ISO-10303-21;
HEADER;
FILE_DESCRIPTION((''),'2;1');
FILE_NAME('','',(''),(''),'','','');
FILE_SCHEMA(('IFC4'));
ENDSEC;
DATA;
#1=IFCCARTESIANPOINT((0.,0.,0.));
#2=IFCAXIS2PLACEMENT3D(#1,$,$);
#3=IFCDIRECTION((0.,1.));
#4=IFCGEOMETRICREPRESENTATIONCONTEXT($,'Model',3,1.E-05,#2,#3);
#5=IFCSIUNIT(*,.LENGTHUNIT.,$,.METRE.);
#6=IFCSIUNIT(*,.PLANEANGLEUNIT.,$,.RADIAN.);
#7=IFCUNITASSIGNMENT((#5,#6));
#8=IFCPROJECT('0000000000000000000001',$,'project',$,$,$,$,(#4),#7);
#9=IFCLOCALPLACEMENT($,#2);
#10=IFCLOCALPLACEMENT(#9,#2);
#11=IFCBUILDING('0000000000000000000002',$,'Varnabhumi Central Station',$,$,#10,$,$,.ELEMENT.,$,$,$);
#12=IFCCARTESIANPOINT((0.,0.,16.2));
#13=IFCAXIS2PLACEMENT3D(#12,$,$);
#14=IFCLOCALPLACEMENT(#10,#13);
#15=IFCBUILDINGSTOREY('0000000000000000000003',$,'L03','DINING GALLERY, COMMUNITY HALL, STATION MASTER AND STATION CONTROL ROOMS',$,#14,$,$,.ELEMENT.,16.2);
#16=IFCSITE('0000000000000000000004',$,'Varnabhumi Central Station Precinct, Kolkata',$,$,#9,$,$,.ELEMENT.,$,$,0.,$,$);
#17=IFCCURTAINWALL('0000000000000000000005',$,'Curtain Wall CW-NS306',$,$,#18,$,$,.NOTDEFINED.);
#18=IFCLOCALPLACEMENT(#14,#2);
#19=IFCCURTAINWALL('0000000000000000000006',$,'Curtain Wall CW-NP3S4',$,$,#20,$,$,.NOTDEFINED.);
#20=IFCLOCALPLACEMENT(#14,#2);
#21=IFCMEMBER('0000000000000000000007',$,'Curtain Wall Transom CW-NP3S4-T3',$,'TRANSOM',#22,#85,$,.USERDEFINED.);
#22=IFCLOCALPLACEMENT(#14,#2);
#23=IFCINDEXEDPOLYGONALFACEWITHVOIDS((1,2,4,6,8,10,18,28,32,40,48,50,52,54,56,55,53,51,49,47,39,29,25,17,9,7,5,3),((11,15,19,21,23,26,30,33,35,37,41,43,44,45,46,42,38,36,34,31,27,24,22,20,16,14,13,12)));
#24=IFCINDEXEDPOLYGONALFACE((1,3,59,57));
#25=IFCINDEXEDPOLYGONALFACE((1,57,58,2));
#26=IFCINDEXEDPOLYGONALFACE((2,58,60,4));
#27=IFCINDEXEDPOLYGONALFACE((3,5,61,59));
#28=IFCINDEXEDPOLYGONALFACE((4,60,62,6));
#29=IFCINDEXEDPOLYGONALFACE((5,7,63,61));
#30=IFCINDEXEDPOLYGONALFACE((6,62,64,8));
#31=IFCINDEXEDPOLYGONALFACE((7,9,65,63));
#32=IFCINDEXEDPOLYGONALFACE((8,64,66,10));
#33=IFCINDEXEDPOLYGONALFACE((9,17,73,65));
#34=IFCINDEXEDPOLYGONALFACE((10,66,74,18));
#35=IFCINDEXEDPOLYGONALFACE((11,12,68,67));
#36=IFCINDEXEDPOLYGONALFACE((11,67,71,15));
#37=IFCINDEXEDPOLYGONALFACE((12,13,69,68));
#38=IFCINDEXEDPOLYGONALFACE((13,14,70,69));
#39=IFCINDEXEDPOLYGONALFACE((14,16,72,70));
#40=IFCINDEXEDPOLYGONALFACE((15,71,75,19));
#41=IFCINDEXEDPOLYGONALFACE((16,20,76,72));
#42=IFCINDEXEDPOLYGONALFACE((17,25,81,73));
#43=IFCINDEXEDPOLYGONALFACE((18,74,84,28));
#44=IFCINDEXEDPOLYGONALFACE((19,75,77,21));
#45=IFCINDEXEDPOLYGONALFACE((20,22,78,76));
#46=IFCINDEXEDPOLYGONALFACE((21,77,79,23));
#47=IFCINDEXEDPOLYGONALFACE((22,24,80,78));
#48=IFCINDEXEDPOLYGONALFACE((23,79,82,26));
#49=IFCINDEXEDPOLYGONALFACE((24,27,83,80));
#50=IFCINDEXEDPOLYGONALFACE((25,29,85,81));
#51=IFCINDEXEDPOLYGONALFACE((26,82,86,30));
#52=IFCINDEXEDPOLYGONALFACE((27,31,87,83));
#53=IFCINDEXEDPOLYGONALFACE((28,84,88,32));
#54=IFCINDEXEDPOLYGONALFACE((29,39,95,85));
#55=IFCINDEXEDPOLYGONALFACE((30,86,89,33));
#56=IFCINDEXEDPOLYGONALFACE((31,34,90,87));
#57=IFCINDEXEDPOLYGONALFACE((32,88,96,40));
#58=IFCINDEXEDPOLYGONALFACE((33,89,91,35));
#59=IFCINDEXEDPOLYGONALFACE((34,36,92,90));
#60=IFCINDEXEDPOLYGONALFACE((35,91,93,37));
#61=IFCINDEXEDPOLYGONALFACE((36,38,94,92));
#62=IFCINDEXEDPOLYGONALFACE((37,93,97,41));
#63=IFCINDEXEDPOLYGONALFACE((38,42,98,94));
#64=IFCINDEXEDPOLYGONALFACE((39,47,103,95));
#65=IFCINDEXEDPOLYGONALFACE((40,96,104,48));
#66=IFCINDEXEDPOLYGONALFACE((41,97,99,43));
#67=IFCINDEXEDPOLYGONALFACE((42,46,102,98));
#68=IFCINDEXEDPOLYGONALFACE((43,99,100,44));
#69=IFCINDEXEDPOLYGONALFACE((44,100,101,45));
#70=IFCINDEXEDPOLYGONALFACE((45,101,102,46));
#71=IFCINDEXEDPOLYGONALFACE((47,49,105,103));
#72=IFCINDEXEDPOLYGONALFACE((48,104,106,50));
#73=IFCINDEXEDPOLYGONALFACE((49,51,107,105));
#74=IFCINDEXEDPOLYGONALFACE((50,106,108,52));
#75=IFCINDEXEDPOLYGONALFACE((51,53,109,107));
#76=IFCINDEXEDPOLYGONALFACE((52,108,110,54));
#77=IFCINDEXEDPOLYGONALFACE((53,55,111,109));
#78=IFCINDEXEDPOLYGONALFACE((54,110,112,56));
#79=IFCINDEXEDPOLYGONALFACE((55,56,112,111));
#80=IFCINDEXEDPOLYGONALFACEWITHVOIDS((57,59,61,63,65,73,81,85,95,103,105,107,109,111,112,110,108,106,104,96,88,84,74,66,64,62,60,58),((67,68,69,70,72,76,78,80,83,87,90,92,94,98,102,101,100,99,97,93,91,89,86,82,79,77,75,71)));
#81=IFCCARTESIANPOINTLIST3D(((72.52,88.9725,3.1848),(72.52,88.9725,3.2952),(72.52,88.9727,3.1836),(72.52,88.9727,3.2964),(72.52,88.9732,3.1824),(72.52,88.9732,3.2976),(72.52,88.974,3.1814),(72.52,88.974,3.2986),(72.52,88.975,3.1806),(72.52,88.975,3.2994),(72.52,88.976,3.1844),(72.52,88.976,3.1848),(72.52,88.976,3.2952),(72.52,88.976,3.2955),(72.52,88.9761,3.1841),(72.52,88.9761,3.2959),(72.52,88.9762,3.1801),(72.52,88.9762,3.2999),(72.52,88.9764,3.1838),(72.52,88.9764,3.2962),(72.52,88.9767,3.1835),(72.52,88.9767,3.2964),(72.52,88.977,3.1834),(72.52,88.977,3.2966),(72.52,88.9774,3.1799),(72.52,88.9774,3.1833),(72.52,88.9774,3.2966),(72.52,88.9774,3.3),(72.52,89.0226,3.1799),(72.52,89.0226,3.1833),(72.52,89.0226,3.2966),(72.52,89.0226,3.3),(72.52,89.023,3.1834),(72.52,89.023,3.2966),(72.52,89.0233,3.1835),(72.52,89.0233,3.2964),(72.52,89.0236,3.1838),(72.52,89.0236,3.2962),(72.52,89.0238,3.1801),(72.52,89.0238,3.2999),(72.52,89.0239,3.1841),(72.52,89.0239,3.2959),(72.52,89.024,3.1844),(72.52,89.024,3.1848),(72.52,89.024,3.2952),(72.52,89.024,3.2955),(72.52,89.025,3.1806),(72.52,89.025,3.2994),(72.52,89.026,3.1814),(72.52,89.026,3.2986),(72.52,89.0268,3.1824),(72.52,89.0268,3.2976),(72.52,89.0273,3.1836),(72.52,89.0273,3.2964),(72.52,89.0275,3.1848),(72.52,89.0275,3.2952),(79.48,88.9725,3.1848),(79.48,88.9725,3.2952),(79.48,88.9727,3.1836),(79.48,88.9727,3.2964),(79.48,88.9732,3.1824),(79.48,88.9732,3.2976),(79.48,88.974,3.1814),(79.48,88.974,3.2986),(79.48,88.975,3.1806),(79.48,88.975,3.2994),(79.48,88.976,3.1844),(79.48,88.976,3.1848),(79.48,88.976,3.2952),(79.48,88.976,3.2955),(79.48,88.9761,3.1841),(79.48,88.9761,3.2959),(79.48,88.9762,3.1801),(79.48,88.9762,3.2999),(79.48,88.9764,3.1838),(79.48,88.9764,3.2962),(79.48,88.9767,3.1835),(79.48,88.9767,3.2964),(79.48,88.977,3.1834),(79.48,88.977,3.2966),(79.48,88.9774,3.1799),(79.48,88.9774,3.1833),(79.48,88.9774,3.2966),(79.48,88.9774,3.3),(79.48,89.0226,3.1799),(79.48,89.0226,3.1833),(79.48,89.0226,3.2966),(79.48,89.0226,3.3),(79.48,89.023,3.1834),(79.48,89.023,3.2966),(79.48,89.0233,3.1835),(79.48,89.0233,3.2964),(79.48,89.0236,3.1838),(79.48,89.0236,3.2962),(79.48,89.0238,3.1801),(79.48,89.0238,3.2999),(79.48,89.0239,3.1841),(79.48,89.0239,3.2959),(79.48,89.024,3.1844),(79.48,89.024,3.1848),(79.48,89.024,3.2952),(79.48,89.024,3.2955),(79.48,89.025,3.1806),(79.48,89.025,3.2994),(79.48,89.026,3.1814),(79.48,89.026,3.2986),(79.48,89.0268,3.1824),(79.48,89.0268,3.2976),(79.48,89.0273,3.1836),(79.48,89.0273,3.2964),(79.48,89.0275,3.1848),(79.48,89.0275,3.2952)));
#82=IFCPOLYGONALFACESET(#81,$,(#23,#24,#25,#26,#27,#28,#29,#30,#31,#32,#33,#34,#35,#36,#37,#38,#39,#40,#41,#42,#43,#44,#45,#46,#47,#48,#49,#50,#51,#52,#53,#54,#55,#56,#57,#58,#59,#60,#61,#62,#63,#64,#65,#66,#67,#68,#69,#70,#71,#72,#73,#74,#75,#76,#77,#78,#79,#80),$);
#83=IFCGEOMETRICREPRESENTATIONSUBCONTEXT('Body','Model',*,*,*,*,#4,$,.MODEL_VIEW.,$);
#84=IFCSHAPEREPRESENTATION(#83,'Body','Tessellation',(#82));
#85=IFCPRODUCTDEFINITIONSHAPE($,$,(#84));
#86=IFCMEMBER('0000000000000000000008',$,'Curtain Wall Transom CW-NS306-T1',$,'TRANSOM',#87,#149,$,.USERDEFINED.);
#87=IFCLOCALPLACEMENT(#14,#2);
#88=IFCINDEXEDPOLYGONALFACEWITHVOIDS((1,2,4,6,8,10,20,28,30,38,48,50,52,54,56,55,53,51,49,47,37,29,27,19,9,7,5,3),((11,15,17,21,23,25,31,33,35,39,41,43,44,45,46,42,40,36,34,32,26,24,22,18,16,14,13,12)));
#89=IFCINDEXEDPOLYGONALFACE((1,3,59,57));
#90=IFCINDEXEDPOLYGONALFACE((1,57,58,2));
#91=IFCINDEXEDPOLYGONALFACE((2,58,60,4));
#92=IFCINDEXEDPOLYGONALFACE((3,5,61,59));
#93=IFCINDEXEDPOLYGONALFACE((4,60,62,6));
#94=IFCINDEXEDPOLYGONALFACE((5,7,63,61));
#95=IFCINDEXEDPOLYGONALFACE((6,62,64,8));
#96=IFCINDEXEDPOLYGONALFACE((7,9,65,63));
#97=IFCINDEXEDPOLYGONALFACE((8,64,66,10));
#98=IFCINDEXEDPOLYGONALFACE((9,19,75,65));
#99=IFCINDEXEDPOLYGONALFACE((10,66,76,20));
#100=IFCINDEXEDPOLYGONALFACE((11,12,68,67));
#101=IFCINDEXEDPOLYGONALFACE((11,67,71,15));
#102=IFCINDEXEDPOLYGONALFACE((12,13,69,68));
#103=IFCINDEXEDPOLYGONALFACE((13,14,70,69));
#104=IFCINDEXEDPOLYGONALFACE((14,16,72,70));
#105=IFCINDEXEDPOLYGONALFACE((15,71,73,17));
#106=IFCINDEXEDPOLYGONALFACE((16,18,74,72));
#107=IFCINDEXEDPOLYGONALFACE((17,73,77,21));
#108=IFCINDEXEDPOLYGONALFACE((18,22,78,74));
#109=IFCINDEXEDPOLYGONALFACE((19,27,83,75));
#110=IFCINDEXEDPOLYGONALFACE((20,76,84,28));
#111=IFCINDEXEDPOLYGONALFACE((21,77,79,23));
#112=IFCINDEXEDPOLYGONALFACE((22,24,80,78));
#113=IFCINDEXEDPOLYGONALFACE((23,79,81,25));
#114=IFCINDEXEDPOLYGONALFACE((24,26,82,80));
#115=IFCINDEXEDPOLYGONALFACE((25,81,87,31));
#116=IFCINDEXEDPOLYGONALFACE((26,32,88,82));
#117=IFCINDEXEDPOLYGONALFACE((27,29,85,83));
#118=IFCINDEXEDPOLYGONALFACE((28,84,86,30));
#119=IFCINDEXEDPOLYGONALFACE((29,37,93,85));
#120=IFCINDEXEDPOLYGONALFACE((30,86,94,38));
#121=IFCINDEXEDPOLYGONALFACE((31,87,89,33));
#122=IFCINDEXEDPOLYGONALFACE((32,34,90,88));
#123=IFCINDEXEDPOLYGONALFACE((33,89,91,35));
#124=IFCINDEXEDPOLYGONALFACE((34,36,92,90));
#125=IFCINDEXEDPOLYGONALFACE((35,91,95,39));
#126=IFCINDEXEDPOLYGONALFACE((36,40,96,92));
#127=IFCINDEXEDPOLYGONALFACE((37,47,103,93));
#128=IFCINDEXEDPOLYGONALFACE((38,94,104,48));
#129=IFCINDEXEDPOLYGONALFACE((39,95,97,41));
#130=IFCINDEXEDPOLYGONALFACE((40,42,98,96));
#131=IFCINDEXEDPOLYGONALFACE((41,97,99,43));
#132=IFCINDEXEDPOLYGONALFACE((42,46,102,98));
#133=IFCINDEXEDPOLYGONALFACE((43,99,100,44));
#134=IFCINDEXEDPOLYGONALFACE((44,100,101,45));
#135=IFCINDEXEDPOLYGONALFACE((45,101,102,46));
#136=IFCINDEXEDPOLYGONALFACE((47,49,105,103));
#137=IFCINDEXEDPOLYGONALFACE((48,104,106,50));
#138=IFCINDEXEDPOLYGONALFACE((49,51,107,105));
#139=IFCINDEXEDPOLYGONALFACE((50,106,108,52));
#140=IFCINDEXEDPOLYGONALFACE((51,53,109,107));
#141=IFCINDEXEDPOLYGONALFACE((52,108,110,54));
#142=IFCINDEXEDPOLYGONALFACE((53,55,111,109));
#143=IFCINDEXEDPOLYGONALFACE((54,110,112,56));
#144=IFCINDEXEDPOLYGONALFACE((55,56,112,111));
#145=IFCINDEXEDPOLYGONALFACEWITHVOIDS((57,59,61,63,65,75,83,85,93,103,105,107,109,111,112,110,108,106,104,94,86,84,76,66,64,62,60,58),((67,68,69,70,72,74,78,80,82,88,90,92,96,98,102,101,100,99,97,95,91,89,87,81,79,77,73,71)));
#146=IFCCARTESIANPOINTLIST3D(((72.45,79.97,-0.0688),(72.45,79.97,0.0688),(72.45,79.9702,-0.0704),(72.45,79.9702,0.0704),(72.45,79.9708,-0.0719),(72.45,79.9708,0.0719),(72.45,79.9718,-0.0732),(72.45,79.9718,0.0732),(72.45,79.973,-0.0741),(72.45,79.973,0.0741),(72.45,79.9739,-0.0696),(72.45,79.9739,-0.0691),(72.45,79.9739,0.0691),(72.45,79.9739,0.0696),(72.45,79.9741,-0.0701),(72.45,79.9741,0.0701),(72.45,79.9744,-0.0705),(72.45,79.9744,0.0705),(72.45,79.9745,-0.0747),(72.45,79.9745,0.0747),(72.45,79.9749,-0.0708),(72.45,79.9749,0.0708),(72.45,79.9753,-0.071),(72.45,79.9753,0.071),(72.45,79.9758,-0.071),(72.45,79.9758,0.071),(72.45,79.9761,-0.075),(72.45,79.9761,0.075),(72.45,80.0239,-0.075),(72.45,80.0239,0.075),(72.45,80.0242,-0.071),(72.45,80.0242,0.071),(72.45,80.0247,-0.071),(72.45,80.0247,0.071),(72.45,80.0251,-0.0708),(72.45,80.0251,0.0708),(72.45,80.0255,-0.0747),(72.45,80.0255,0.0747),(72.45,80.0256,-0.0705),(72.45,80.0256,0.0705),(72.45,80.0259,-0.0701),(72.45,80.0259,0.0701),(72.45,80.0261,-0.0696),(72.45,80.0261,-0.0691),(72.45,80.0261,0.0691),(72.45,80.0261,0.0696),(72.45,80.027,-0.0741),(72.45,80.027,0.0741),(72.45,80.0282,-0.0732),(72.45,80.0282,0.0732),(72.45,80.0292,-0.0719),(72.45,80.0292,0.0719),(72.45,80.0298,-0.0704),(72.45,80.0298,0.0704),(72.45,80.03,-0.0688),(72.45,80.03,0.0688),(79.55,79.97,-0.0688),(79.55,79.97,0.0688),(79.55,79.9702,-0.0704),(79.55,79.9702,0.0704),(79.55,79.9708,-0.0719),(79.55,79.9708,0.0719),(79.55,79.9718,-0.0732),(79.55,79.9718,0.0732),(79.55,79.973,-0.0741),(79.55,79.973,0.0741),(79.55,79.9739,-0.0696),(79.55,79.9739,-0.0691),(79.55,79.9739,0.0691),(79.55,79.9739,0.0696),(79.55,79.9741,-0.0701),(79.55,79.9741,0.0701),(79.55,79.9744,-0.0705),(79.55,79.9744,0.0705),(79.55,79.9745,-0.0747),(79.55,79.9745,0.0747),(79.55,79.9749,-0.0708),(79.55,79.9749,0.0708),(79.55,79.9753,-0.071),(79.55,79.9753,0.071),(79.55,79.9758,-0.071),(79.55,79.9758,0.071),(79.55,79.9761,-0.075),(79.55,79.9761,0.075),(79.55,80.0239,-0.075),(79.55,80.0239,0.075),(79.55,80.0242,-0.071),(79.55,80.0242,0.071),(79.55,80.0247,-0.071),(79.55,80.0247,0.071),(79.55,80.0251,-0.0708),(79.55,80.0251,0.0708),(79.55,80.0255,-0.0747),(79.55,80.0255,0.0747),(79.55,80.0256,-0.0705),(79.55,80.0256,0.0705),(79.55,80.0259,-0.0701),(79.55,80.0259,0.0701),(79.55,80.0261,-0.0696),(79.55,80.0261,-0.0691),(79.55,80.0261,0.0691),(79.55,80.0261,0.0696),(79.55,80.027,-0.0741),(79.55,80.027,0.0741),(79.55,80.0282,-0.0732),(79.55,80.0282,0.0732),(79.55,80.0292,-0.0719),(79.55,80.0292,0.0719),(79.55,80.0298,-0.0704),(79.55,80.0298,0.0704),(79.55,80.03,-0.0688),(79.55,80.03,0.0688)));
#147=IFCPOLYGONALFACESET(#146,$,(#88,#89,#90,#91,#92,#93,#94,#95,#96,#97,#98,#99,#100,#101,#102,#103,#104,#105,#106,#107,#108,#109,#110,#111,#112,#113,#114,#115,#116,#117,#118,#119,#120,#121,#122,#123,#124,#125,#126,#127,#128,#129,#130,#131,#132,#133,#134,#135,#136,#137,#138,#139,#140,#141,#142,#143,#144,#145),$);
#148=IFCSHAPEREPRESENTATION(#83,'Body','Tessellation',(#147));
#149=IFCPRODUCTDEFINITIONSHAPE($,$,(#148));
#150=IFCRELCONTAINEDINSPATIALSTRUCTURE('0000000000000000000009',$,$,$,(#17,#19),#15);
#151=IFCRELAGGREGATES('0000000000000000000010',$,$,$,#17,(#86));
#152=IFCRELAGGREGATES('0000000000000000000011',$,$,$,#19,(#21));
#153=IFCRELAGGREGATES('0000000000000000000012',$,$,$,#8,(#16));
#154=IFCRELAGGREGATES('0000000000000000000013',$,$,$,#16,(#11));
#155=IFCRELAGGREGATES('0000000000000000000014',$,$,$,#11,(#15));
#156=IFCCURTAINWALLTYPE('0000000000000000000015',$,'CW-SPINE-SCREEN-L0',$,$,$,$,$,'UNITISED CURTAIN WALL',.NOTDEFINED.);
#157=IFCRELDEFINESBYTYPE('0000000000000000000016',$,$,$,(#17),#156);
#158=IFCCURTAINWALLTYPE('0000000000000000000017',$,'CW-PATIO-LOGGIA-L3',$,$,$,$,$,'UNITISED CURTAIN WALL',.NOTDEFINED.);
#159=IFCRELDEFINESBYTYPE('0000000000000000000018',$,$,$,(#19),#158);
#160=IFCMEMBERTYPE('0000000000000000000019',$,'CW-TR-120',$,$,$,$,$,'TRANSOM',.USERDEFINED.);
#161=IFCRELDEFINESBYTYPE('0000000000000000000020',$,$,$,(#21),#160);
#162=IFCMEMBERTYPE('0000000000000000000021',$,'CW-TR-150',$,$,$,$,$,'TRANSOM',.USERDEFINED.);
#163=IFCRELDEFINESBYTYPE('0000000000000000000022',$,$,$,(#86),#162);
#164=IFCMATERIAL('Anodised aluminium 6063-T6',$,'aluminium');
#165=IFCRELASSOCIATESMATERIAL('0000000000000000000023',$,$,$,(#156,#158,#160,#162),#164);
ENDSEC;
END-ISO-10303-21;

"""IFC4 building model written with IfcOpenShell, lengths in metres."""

from ifc_helpers import new_model, si_unit, direction, frame, origin, origin_2d, place, context, subcontext, project, spatial, hollow_rectangle, extrude, material, material_profile, profile_set, type_object, element, aggregate, save


model = new_model("IFC4")

# Units and contexts
model_context = context("Model", 3, precision=1e-05, world=origin(), true_north=direction((0.0, 1.0)))
body_context = subcontext(model_context, "Body", "Model", "MODEL_VIEW")
ifc_project = project(units=[si_unit("LENGTHUNIT", "METRE"), si_unit("PLANEANGLEUNIT", "RADIAN")], contexts=[model_context])

# Site, building, storey
site_placement = place(None, origin())
site = spatial("IfcSite", under=ifc_project, at=site_placement, Name="Varnabhumi Central Station Precinct, Kolkata", CompositionType="ELEMENT", RefElevation=0.0)
building_placement = place(site_placement, origin())
building = spatial("IfcBuilding", under=site, at=building_placement, Name="Varnabhumi Central Station", CompositionType="ELEMENT")
storey_placement = place(building_placement, frame((0.0, 0.0, 16.2)))
storey = spatial("IfcBuildingStorey", under=building, at=storey_placement, Name="L03", Description="DINING GALLERY, COMMUNITY HALL, STATION MASTER AND STATION CONTROL ROOMS", CompositionType="ELEMENT", Elevation=16.2)

# Curtain walls, member
ifc_material_1 = material(Name="Anodised aluminium 6063-T6", Category="aluminium")
curtain_wall_type_1 = type_object("IfcCurtainWallType", Name="CW-SPINE-SCREEN-L0", ElementType="UNITISED CURTAIN WALL", PredefinedType="NOTDEFINED", material=ifc_material_1)
curtain_wall_1_placement = place(storey_placement, origin())
curtain_wall_1 = element("IfcCurtainWall", 1, at=curtain_wall_1_placement, inside=storey, type_object=curtain_wall_type_1, Name="Curtain Wall CW-NS306", PredefinedType="NOTDEFINED")
curtain_wall_type_2 = type_object("IfcCurtainWallType", Name="CW-PATIO-LOGGIA-L3", ElementType="UNITISED CURTAIN WALL", PredefinedType="NOTDEFINED", material=ifc_material_1)
curtain_wall_2_placement = place(storey_placement, origin())
curtain_wall_2 = element("IfcCurtainWall", 2, at=curtain_wall_2_placement, inside=storey, type_object=curtain_wall_type_2, Name="Curtain Wall CW-NP3S4", PredefinedType="NOTDEFINED")
ifc_material_profile_1 = material_profile(ifc_material_1, hollow_rectangle(XDim=0.0549, YDim=0.1201, WallThickness=0.0034, InnerFilletRadius=0.0015, OuterFilletRadius=0.0049, at=origin_2d()), Name="Anodised aluminium 6063-T6", Category="aluminium")
ifc_profile_set_1 = profile_set([ifc_material_profile_1], Name="Anodised aluminium 6063-T6")
member_type_1 = type_object("IfcMemberType", Name="CW-TR-120", ElementType="TRANSOM", PredefinedType="USERDEFINED", material=ifc_profile_set_1)
member_1_placement = place(storey_placement, frame((72.52, 89.0, 3.24), z_axis=(1.0, 0.0, 0.0), x_axis=(0.0, 1.0, 0.0)))
member_1 = element("IfcMember", 3, at=member_1_placement, type_object=member_type_1, Name="Curtain Wall Transom CW-NP3S4-T3", ObjectType="TRANSOM", PredefinedType="USERDEFINED", context=body_context, shape_type="SweptSolid", body=[
    extrude(hollow_rectangle(XDim=0.0549, YDim=0.1201, WallThickness=0.0034, InnerFilletRadius=0.0015, OuterFilletRadius=0.0049, at=origin_2d()), origin(), (0.0, 0.0, 1.0), 6.96),
])

# Member
ifc_material_profile_2 = material_profile(ifc_material_1, hollow_rectangle(XDim=0.0601, YDim=0.1499, WallThickness=0.0039, InnerFilletRadius=0.002, OuterFilletRadius=0.0061, at=origin_2d()), Name="Anodised aluminium 6063-T6", Category="aluminium")
ifc_profile_set_2 = profile_set([ifc_material_profile_2], Name="Anodised aluminium 6063-T6")
member_type_2 = type_object("IfcMemberType", Name="CW-TR-150", ElementType="TRANSOM", PredefinedType="USERDEFINED", material=ifc_profile_set_2)
member_2_placement = place(storey_placement, frame((72.45, 80.0, 0.0), z_axis=(1.0, 0.0, 0.0), x_axis=(0.0, 1.0, 0.0)))
member_2 = element("IfcMember", 4, at=member_2_placement, type_object=member_type_2, Name="Curtain Wall Transom CW-NS306-T1", ObjectType="TRANSOM", PredefinedType="USERDEFINED", context=body_context, shape_type="SweptSolid", body=[
    extrude(hollow_rectangle(XDim=0.0601, YDim=0.1499, WallThickness=0.0039, InnerFilletRadius=0.002, OuterFilletRadius=0.0061, at=origin_2d()), origin(), (0.0, 0.0, 1.0), 7.1001),
])

aggregate(curtain_wall_1, [member_2])
aggregate(curtain_wall_2, [member_1])

save(model, "model.ifc")
